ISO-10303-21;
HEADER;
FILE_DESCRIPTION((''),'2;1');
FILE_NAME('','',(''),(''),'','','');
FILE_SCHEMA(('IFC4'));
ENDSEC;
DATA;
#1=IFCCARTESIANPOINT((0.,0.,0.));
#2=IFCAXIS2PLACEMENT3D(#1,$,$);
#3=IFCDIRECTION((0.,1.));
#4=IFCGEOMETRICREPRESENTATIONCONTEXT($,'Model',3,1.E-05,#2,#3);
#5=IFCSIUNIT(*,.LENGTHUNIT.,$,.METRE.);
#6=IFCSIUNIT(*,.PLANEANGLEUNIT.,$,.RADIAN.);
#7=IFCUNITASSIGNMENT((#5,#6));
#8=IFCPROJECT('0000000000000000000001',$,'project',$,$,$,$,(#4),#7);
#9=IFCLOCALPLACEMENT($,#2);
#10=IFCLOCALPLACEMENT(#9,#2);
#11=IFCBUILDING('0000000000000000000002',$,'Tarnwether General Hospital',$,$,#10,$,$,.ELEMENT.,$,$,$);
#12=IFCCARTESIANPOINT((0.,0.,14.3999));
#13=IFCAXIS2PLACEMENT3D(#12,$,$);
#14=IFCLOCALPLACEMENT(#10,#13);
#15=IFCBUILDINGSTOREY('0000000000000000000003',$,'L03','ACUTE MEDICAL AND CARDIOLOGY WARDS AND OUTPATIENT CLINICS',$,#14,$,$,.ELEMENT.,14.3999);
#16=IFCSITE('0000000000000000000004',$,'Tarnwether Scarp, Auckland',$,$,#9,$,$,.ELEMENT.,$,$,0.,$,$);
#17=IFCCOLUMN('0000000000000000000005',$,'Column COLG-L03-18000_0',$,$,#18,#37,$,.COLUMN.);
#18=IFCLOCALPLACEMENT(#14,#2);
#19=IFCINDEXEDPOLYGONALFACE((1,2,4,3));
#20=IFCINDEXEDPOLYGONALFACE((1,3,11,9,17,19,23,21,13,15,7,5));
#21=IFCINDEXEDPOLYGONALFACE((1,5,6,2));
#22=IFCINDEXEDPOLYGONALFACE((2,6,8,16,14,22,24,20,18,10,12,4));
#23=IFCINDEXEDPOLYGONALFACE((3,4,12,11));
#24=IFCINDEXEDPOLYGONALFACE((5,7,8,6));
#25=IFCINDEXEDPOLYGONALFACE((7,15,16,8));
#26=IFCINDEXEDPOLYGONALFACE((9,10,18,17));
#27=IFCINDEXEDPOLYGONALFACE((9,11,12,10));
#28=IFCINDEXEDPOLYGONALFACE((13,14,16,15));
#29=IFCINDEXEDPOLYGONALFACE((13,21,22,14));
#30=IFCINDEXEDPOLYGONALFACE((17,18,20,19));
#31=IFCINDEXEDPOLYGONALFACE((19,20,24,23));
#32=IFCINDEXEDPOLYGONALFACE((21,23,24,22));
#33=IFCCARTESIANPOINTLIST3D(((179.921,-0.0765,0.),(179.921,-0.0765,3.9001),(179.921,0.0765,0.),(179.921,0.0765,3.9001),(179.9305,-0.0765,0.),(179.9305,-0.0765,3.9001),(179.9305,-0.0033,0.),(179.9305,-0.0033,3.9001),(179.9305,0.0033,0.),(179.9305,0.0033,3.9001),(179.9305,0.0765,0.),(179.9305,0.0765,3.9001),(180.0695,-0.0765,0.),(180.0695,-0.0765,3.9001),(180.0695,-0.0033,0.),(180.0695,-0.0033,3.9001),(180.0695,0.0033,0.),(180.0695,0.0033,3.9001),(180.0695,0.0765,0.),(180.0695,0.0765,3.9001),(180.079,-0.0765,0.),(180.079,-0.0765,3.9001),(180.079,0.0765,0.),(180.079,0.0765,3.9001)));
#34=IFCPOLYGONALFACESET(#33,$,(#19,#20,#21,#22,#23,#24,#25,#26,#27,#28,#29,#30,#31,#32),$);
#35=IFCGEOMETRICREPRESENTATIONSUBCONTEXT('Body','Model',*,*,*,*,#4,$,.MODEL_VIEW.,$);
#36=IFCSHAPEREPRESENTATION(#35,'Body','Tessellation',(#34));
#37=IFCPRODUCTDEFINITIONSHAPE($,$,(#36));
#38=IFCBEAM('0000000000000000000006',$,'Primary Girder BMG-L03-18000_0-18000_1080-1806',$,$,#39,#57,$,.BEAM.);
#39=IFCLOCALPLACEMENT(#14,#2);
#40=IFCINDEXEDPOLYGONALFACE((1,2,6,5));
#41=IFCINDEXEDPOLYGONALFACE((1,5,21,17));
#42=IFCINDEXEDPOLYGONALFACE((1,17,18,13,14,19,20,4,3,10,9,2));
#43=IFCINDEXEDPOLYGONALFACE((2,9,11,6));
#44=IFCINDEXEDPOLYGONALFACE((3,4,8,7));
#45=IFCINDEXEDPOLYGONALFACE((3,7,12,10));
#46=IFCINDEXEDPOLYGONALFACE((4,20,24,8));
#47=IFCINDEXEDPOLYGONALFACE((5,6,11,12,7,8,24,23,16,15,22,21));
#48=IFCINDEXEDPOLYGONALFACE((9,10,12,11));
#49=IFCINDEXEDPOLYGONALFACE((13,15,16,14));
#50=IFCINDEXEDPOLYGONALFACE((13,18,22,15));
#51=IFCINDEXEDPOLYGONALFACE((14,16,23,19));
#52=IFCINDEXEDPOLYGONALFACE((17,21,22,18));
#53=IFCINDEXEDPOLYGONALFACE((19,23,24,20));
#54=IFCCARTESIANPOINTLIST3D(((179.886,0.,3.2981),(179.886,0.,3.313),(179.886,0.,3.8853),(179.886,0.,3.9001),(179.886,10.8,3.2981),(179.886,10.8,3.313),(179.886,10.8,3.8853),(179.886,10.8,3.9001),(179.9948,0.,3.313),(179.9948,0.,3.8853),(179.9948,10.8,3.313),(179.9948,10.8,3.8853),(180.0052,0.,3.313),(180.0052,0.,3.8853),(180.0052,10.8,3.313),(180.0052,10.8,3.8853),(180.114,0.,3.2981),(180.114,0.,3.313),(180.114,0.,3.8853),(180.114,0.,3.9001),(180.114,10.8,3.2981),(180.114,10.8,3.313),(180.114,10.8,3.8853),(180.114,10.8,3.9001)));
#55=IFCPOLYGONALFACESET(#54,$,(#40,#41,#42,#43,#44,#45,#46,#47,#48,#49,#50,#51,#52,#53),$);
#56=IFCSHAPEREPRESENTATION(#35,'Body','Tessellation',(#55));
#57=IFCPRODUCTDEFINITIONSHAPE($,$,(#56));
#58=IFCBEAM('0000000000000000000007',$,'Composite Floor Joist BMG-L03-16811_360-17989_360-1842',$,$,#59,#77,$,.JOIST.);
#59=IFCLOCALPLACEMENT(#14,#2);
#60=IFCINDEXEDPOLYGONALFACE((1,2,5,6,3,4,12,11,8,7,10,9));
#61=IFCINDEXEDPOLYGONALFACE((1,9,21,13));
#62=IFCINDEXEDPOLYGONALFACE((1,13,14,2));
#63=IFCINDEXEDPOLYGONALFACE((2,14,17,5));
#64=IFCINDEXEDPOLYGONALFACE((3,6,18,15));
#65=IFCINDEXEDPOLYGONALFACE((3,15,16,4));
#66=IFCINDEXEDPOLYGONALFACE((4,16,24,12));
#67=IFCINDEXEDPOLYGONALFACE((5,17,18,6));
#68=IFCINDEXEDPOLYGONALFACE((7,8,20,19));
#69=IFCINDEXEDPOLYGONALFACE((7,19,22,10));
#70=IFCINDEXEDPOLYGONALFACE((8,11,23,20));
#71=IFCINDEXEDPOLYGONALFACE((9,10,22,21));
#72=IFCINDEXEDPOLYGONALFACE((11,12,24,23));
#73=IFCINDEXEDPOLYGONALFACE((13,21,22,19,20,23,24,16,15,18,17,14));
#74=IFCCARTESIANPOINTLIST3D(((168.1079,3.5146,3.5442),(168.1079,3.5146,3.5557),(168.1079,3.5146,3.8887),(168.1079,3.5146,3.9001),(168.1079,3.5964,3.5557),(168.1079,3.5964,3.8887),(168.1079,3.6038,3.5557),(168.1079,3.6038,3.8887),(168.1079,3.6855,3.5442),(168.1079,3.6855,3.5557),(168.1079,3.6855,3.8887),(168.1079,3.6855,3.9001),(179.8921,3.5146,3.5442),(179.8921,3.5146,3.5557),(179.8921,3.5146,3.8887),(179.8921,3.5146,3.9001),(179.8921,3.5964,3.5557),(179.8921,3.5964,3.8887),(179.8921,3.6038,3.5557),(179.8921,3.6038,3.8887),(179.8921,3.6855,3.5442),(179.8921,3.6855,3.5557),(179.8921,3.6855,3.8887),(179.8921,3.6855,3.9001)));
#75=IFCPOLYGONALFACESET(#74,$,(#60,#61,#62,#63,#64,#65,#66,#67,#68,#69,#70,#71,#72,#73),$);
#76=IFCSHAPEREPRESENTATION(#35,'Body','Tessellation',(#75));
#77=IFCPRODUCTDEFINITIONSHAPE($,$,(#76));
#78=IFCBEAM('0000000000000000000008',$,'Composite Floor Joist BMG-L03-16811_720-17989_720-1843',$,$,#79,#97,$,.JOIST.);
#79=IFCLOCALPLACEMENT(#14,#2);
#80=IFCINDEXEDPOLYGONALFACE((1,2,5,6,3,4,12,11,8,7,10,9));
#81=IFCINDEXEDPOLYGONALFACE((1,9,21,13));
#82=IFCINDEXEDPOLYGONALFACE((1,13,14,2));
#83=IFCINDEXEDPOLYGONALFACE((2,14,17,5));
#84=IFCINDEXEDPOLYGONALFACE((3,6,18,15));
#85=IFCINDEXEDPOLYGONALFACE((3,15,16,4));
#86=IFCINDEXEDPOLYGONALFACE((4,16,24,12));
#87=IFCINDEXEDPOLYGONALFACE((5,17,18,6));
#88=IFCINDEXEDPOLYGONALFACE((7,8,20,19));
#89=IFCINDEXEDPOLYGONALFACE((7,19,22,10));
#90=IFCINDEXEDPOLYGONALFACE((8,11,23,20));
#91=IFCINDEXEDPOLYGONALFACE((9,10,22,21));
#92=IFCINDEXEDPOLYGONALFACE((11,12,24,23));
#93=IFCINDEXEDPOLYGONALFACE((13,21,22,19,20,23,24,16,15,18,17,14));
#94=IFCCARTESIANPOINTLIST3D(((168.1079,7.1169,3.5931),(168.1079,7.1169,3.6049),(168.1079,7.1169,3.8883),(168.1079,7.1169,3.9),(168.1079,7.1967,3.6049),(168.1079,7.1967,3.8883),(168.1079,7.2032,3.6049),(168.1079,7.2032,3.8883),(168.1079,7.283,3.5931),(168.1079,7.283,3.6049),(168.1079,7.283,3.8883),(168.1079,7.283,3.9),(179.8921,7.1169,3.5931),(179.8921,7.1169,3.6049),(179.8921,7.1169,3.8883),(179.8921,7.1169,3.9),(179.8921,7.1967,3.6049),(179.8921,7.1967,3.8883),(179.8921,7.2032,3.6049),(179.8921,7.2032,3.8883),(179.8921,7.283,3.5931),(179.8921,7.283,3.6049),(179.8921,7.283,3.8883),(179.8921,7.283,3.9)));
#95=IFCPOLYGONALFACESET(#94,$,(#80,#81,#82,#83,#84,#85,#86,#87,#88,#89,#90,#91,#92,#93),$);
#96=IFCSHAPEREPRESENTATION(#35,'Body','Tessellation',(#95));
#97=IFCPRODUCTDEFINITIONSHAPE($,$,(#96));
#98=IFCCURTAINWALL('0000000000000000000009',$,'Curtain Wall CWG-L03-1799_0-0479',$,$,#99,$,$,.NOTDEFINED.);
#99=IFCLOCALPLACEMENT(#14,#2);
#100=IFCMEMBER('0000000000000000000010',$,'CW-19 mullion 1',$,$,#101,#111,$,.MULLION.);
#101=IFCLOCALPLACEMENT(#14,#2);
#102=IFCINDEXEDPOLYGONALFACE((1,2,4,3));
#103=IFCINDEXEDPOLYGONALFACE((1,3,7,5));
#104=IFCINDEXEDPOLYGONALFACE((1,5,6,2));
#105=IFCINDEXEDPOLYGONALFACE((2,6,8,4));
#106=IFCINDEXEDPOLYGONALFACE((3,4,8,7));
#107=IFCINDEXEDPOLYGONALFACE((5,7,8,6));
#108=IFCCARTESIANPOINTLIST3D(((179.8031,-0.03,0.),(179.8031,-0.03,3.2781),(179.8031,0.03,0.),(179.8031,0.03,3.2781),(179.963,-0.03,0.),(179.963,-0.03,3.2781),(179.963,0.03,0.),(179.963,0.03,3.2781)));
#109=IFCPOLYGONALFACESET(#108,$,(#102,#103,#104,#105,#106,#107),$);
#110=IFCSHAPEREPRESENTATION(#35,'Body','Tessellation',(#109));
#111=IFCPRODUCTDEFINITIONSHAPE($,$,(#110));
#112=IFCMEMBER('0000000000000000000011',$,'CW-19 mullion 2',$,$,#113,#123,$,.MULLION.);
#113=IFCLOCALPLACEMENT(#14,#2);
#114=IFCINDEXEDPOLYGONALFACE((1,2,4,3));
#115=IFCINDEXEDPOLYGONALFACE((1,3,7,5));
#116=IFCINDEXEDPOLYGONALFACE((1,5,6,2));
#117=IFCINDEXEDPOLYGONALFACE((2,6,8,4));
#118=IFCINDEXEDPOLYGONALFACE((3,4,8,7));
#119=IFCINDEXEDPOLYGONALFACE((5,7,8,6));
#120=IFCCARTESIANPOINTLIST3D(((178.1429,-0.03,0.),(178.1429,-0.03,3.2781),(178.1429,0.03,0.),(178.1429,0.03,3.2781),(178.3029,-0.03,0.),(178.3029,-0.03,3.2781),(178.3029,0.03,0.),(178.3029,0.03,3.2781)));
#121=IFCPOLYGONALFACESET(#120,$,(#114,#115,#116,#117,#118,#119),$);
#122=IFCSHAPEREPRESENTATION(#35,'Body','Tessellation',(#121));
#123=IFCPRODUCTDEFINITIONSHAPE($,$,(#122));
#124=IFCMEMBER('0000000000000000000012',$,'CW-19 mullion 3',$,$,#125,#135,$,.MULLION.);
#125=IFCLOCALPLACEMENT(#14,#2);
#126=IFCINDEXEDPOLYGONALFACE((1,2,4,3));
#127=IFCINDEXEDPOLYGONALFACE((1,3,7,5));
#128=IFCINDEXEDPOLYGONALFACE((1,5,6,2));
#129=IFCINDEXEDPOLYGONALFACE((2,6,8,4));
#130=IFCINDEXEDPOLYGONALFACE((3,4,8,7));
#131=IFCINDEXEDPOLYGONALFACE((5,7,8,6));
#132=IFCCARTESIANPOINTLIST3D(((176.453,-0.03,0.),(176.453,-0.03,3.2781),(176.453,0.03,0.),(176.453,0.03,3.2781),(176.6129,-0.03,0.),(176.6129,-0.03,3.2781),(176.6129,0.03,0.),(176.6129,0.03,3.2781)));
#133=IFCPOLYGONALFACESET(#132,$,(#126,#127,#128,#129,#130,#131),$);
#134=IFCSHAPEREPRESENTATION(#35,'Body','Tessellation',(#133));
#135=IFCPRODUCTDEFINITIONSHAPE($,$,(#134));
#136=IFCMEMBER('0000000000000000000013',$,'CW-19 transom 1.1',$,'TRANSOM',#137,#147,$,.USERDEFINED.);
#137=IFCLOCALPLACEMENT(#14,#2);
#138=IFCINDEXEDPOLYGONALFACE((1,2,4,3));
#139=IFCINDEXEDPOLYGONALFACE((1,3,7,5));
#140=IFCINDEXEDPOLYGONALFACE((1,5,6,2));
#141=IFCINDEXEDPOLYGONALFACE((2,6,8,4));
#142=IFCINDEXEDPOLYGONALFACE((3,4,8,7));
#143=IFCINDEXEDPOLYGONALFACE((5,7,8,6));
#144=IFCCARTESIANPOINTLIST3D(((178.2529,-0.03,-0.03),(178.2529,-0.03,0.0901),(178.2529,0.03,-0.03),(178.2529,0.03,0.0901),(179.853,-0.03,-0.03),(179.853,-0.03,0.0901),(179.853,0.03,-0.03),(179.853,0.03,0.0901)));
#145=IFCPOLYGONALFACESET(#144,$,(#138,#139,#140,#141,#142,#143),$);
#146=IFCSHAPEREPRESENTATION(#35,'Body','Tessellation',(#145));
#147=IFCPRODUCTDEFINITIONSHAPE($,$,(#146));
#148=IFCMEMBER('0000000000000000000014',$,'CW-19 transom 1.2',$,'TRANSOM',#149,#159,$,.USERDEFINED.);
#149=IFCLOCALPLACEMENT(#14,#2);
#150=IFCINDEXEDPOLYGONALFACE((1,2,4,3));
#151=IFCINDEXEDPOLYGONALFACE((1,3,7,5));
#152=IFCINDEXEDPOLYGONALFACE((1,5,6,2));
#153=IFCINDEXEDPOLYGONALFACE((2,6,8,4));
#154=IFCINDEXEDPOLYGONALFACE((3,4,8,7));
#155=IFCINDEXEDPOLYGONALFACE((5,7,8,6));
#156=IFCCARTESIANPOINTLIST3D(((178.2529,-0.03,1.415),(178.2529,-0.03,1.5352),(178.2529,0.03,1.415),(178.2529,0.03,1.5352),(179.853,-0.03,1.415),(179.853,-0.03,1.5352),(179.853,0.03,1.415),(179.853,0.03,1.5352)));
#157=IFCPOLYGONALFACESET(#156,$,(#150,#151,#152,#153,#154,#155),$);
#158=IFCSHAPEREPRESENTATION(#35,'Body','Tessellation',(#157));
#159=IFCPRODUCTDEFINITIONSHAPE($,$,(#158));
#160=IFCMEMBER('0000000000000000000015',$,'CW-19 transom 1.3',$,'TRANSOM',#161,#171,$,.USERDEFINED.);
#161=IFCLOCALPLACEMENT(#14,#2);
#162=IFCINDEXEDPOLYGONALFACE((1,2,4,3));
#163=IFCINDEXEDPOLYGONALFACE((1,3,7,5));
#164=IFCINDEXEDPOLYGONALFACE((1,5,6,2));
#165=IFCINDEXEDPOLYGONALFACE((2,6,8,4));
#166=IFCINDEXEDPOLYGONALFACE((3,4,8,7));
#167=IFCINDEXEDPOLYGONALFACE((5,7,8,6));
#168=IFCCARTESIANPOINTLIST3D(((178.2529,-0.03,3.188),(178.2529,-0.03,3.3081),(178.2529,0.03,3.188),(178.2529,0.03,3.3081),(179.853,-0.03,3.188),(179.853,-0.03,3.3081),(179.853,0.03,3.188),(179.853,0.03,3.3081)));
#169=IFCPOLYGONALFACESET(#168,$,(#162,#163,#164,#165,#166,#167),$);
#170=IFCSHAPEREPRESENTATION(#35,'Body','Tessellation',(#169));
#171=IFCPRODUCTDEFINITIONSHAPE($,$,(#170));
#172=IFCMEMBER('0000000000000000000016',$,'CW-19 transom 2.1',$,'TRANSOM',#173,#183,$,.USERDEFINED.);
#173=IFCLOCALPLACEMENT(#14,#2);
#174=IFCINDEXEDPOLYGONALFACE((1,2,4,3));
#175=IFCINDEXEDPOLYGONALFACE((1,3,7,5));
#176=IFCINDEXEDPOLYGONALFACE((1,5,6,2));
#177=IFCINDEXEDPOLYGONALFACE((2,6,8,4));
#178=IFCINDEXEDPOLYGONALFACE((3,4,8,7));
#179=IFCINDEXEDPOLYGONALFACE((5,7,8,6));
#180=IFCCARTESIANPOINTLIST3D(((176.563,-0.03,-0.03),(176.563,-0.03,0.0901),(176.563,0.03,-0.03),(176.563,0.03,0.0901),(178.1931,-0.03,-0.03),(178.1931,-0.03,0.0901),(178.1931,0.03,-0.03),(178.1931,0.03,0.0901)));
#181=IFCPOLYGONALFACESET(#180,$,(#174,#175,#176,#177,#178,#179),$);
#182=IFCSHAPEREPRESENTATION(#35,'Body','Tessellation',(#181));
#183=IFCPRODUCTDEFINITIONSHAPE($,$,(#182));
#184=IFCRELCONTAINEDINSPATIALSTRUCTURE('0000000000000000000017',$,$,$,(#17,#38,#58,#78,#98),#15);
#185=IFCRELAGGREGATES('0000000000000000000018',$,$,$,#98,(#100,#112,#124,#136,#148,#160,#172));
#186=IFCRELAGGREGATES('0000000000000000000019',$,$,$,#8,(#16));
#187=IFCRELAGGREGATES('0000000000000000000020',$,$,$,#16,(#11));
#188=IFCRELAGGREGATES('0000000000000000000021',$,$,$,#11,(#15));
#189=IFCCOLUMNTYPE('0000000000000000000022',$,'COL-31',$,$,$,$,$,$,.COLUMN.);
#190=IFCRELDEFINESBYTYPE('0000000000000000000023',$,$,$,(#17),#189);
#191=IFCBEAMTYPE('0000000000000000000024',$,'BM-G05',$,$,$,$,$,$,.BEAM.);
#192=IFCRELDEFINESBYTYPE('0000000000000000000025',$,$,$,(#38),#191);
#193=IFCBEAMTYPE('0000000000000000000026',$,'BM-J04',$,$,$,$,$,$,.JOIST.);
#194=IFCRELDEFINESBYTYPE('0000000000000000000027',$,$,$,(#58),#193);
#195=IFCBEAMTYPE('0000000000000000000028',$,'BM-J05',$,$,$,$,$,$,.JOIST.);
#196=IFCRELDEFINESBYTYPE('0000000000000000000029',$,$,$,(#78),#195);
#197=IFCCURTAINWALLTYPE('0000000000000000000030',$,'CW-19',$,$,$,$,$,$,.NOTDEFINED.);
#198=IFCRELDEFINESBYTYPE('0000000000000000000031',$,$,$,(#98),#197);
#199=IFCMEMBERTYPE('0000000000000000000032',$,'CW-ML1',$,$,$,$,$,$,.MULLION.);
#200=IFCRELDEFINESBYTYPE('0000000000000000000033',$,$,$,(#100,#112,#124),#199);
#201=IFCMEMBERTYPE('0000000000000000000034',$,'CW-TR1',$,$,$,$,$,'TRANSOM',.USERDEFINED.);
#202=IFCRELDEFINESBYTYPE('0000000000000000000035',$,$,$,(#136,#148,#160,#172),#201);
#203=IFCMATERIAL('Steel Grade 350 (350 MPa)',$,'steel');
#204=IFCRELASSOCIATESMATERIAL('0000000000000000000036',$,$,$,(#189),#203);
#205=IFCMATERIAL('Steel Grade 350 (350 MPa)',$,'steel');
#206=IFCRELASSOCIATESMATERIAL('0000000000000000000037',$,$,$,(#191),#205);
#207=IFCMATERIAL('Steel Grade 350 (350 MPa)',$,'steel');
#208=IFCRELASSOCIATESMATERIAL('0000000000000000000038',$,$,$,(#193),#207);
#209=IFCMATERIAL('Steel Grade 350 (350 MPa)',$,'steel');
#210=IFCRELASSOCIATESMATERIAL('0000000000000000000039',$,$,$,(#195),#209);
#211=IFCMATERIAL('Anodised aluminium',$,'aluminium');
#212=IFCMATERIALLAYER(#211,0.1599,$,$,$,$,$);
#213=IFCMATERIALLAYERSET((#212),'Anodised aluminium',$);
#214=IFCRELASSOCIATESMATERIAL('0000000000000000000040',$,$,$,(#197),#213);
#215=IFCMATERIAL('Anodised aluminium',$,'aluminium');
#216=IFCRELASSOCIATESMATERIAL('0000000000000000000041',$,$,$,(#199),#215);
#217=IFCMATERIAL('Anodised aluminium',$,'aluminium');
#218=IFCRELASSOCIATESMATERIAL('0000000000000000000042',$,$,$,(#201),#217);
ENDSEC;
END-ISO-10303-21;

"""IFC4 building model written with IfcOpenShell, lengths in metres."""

from ifc_helpers import new_model, si_unit, direction, frame, origin, origin_2d, place, context, subcontext, project, spatial, rectangle, i_section, extrude, material, layer, layer_set, material_profile, profile_set, type_object, element, aggregate, save


model = new_model("IFC4")

# Units and contexts
model_context = context("Model", 3, precision=1e-05, world=origin(), true_north=direction((0.0, 1.0)))
body_context = subcontext(model_context, "Body", "Model", "MODEL_VIEW")
ifc_project = project(units=[si_unit("LENGTHUNIT", "METRE"), si_unit("PLANEANGLEUNIT", "RADIAN")], contexts=[model_context])

# Site, building, storey
site_placement = place(None, origin())
site = spatial("IfcSite", under=ifc_project, at=site_placement, Name="Tarnwether Scarp, Auckland", CompositionType="ELEMENT", RefElevation=0.0)
building_placement = place(site_placement, origin())
building = spatial("IfcBuilding", under=site, at=building_placement, Name="Tarnwether General Hospital", CompositionType="ELEMENT")
storey_placement = place(building_placement, frame((0.0, 0.0, 14.3999)))
storey = spatial("IfcBuildingStorey", under=building, at=storey_placement, Name="L03", Description="ACUTE MEDICAL AND CARDIOLOGY WARDS AND OUTPATIENT CLINICS", CompositionType="ELEMENT", Elevation=14.3999)

# Column
ifc_material_1 = material(Name="Steel Grade 350 (350 MPa)", Category="steel")
ifc_material_profile_1 = material_profile(ifc_material_1, i_section(OverallWidth=0.1531, OverallDepth=0.158, WebThickness=0.0066, FlangeThickness=0.0095, at=origin_2d()), Name="150UC30.0")
ifc_profile_set_1 = profile_set([ifc_material_profile_1], Name="Steel Grade 350 (350 MPa)")
column_type = type_object("IfcColumnType", Name="COL-31", PredefinedType="COLUMN", material=ifc_profile_set_1)
column_placement = place(storey_placement, frame((180.0, 0.0, 0.0), z_axis=(0.0, 0.0, 1.0), x_axis=(0.0, 1.0, 0.0)))
element("IfcColumn", 1, at=column_placement, inside=storey, type_object=column_type, Name="Column COLG-L03-18000_0", PredefinedType="COLUMN", context=body_context, shape_type="SweptSolid", body=[
    extrude(i_section(OverallWidth=0.1531, OverallDepth=0.158, WebThickness=0.0066, FlangeThickness=0.0095, at=origin_2d()), origin(), (0.0, 0.0, 1.0), 3.9001),
])

# Beams
ifc_material_2 = material(Name="Steel Grade 350 (350 MPa)", Category="steel")
ifc_material_profile_2 = material_profile(ifc_material_2, i_section(OverallWidth=0.228, OverallDepth=0.6021, WebThickness=0.0105, FlangeThickness=0.0149, at=origin_2d()), Name="610UB101")
ifc_profile_set_2 = profile_set([ifc_material_profile_2], Name="Steel Grade 350 (350 MPa)")
beam_type_1 = type_object("IfcBeamType", Name="BM-G05", PredefinedType="BEAM", material=ifc_profile_set_2)
beam_1_placement = place(storey_placement, frame((180.0, 0.0, 3.5991), z_axis=(0.0, 1.0, 0.0), x_axis=(-1.0, 0.0, 0.0)))
element("IfcBeam", 2, at=beam_1_placement, inside=storey, type_object=beam_type_1, Name="Primary Girder BMG-L03-18000_0-18000_1080-1806", PredefinedType="BEAM", context=body_context, shape_type="SweptSolid", body=[
    extrude(i_section(OverallWidth=0.228, OverallDepth=0.6021, WebThickness=0.0105, FlangeThickness=0.0149, at=origin_2d()), origin(), (0.0, 0.0, 1.0), 10.8),
])
ifc_material_3 = material(Name="Steel Grade 350 (350 MPa)", Category="steel")
ifc_material_profile_3 = material_profile(ifc_material_3, i_section(OverallWidth=0.1709, OverallDepth=0.356, WebThickness=0.0073, FlangeThickness=0.0115, at=origin_2d()), Name="360UB50.7")
ifc_profile_set_3 = profile_set([ifc_material_profile_3], Name="Steel Grade 350 (350 MPa)")
beam_type_2 = type_object("IfcBeamType", Name="BM-J04", PredefinedType="JOIST", material=ifc_profile_set_3)
beam_2_placement = place(storey_placement, frame((168.1079, 3.6001, 3.7222), z_axis=(1.0, 0.0, 0.0), x_axis=(0.0, 1.0, 0.0)))
element("IfcBeam", 3, at=beam_2_placement, inside=storey, type_object=beam_type_2, Name="Composite Floor Joist BMG-L03-16811_360-17989_360-1842", PredefinedType="JOIST", context=body_context, shape_type="SweptSolid", body=[
    extrude(i_section(OverallWidth=0.1709, OverallDepth=0.356, WebThickness=0.0073, FlangeThickness=0.0115, at=origin_2d()), origin(), (0.0, 0.0, 1.0), 11.7842),
])
ifc_material_4 = material(Name="Steel Grade 350 (350 MPa)", Category="steel")
ifc_material_profile_4 = material_profile(ifc_material_4, i_section(OverallWidth=0.166, OverallDepth=0.3069, WebThickness=0.0066, FlangeThickness=0.0117, at=origin_2d()), Name="310UB46.2")
ifc_profile_set_4 = profile_set([ifc_material_profile_4], Name="Steel Grade 350 (350 MPa)")
beam_type_3 = type_object("IfcBeamType", Name="BM-J05", PredefinedType="JOIST", material=ifc_profile_set_4)
beam_3_placement = place(storey_placement, frame((168.1079, 7.2, 3.7466), z_axis=(1.0, 0.0, 0.0), x_axis=(0.0, 1.0, 0.0)))
element("IfcBeam", 4, at=beam_3_placement, inside=storey, type_object=beam_type_3, Name="Composite Floor Joist BMG-L03-16811_720-17989_720-1843", PredefinedType="JOIST", context=body_context, shape_type="SweptSolid", body=[
    extrude(i_section(OverallWidth=0.166, OverallDepth=0.3069, WebThickness=0.0066, FlangeThickness=0.0117, at=origin_2d()), origin(), (0.0, 0.0, 1.0), 11.7842),
])

# Curtain wall, members
ifc_material_5 = material(Name="Anodised aluminium", Category="aluminium")
ifc_layer_1 = layer(ifc_material_5, 0.1599)
ifc_layer_set_1 = layer_set([ifc_layer_1], Name="Anodised aluminium")
curtain_wall_type = type_object("IfcCurtainWallType", Name="CW-19", PredefinedType="NOTDEFINED", material=ifc_layer_set_1)
curtain_wall_placement = place(storey_placement, origin())
curtain_wall = element("IfcCurtainWall", 5, at=curtain_wall_placement, inside=storey, type_object=curtain_wall_type, Name="Curtain Wall CWG-L03-1799_0-0479", PredefinedType="NOTDEFINED")
ifc_material_6 = material(Name="Anodised aluminium", Category="aluminium")
ifc_material_profile_5 = material_profile(ifc_material_6, rectangle(XDim=0.0601, YDim=0.1599, at=origin_2d()), Name="ALU-MUL-60x160")
ifc_profile_set_5 = profile_set([ifc_material_profile_5], Name="Anodised aluminium")
member_type_1 = type_object("IfcMemberType", Name="CW-ML1", PredefinedType="MULLION", material=ifc_profile_set_5)
member_1_placement = place(storey_placement, frame((179.8831, 0.0, 0.0), z_axis=(0.0, 0.0, 1.0), x_axis=(0.0, -1.0, 0.0)))
member_1 = element("IfcMember", 6, at=member_1_placement, type_object=member_type_1, Name="CW-19 mullion 1", PredefinedType="MULLION", context=body_context, shape_type="SweptSolid", body=[
    extrude(rectangle(XDim=0.0601, YDim=0.1599, at=origin_2d()), origin(), (0.0, 0.0, 1.0), 3.2781),
])
member_2_placement = place(storey_placement, frame((178.2229, 0.0, 0.0), z_axis=(0.0, 0.0, 1.0), x_axis=(0.0, -1.0, 0.0)))
member_2 = element("IfcMember", 7, at=member_2_placement, type_object=member_type_1, Name="CW-19 mullion 2", PredefinedType="MULLION", context=body_context, shape_type="SweptSolid", body=[
    extrude(rectangle(XDim=0.0601, YDim=0.1599, at=origin_2d()), origin(), (0.0, 0.0, 1.0), 3.2781),
])
member_3_placement = place(storey_placement, frame((176.533, 0.0, 0.0), z_axis=(0.0, 0.0, 1.0), x_axis=(0.0, -1.0, 0.0)))
member_3 = element("IfcMember", 8, at=member_3_placement, type_object=member_type_1, Name="CW-19 mullion 3", PredefinedType="MULLION", context=body_context, shape_type="SweptSolid", body=[
    extrude(rectangle(XDim=0.0601, YDim=0.1599, at=origin_2d()), origin(), (0.0, 0.0, 1.0), 3.2781),
])
ifc_material_7 = material(Name="Anodised aluminium", Category="aluminium")
ifc_material_profile_6 = material_profile(ifc_material_7, rectangle(XDim=0.0601, YDim=0.1201, at=origin_2d()), Name="ALU-TRN-60x120")
ifc_profile_set_6 = profile_set([ifc_material_profile_6], Name="Anodised aluminium")
member_type_2 = type_object("IfcMemberType", Name="CW-TR1", ElementType="TRANSOM", PredefinedType="USERDEFINED", material=ifc_profile_set_6)
member_4_placement = place(storey_placement, frame((179.853, 0.0, 0.03), z_axis=(-1.0, 0.0, 0.0), x_axis=(0.0, -1.0, 0.0)))
member_4 = element("IfcMember", 9, at=member_4_placement, type_object=member_type_2, Name="CW-19 transom 1.1", ObjectType="TRANSOM", PredefinedType="USERDEFINED", context=body_context, shape_type="SweptSolid", body=[
    extrude(rectangle(XDim=0.0601, YDim=0.1201, at=origin_2d()), origin(), (0.0, 0.0, 1.0), 1.6001),
])
member_5_placement = place(storey_placement, frame((179.853, 0.0, 1.4751), z_axis=(-1.0, 0.0, 0.0), x_axis=(0.0, -1.0, 0.0)))
member_5 = element("IfcMember", 10, at=member_5_placement, type_object=member_type_2, Name="CW-19 transom 1.2", ObjectType="TRANSOM", PredefinedType="USERDEFINED", context=body_context, shape_type="SweptSolid", body=[
    extrude(rectangle(XDim=0.0601, YDim=0.1201, at=origin_2d()), origin(), (0.0, 0.0, 1.0), 1.6001),
])
member_6_placement = place(storey_placement, frame((179.853, 0.0, 3.248), z_axis=(-1.0, 0.0, 0.0), x_axis=(0.0, -1.0, 0.0)))
member_6 = element("IfcMember", 11, at=member_6_placement, type_object=member_type_2, Name="CW-19 transom 1.3", ObjectType="TRANSOM", PredefinedType="USERDEFINED", context=body_context, shape_type="SweptSolid", body=[
    extrude(rectangle(XDim=0.0601, YDim=0.1201, at=origin_2d()), origin(), (0.0, 0.0, 1.0), 1.6001),
])
member_7_placement = place(storey_placement, frame((178.1931, 0.0, 0.03), z_axis=(-1.0, 0.0, 0.0), x_axis=(0.0, -1.0, 0.0)))
member_7 = element("IfcMember", 12, at=member_7_placement, type_object=member_type_2, Name="CW-19 transom 2.1", ObjectType="TRANSOM", PredefinedType="USERDEFINED", context=body_context, shape_type="SweptSolid", body=[
    extrude(rectangle(XDim=0.0601, YDim=0.1201, at=origin_2d()), origin(), (0.0, 0.0, 1.0), 1.6301),
])
aggregate(curtain_wall, [member_1, member_2, member_3, member_4, member_5, member_6, member_7])

save(model, "model.ifc")
